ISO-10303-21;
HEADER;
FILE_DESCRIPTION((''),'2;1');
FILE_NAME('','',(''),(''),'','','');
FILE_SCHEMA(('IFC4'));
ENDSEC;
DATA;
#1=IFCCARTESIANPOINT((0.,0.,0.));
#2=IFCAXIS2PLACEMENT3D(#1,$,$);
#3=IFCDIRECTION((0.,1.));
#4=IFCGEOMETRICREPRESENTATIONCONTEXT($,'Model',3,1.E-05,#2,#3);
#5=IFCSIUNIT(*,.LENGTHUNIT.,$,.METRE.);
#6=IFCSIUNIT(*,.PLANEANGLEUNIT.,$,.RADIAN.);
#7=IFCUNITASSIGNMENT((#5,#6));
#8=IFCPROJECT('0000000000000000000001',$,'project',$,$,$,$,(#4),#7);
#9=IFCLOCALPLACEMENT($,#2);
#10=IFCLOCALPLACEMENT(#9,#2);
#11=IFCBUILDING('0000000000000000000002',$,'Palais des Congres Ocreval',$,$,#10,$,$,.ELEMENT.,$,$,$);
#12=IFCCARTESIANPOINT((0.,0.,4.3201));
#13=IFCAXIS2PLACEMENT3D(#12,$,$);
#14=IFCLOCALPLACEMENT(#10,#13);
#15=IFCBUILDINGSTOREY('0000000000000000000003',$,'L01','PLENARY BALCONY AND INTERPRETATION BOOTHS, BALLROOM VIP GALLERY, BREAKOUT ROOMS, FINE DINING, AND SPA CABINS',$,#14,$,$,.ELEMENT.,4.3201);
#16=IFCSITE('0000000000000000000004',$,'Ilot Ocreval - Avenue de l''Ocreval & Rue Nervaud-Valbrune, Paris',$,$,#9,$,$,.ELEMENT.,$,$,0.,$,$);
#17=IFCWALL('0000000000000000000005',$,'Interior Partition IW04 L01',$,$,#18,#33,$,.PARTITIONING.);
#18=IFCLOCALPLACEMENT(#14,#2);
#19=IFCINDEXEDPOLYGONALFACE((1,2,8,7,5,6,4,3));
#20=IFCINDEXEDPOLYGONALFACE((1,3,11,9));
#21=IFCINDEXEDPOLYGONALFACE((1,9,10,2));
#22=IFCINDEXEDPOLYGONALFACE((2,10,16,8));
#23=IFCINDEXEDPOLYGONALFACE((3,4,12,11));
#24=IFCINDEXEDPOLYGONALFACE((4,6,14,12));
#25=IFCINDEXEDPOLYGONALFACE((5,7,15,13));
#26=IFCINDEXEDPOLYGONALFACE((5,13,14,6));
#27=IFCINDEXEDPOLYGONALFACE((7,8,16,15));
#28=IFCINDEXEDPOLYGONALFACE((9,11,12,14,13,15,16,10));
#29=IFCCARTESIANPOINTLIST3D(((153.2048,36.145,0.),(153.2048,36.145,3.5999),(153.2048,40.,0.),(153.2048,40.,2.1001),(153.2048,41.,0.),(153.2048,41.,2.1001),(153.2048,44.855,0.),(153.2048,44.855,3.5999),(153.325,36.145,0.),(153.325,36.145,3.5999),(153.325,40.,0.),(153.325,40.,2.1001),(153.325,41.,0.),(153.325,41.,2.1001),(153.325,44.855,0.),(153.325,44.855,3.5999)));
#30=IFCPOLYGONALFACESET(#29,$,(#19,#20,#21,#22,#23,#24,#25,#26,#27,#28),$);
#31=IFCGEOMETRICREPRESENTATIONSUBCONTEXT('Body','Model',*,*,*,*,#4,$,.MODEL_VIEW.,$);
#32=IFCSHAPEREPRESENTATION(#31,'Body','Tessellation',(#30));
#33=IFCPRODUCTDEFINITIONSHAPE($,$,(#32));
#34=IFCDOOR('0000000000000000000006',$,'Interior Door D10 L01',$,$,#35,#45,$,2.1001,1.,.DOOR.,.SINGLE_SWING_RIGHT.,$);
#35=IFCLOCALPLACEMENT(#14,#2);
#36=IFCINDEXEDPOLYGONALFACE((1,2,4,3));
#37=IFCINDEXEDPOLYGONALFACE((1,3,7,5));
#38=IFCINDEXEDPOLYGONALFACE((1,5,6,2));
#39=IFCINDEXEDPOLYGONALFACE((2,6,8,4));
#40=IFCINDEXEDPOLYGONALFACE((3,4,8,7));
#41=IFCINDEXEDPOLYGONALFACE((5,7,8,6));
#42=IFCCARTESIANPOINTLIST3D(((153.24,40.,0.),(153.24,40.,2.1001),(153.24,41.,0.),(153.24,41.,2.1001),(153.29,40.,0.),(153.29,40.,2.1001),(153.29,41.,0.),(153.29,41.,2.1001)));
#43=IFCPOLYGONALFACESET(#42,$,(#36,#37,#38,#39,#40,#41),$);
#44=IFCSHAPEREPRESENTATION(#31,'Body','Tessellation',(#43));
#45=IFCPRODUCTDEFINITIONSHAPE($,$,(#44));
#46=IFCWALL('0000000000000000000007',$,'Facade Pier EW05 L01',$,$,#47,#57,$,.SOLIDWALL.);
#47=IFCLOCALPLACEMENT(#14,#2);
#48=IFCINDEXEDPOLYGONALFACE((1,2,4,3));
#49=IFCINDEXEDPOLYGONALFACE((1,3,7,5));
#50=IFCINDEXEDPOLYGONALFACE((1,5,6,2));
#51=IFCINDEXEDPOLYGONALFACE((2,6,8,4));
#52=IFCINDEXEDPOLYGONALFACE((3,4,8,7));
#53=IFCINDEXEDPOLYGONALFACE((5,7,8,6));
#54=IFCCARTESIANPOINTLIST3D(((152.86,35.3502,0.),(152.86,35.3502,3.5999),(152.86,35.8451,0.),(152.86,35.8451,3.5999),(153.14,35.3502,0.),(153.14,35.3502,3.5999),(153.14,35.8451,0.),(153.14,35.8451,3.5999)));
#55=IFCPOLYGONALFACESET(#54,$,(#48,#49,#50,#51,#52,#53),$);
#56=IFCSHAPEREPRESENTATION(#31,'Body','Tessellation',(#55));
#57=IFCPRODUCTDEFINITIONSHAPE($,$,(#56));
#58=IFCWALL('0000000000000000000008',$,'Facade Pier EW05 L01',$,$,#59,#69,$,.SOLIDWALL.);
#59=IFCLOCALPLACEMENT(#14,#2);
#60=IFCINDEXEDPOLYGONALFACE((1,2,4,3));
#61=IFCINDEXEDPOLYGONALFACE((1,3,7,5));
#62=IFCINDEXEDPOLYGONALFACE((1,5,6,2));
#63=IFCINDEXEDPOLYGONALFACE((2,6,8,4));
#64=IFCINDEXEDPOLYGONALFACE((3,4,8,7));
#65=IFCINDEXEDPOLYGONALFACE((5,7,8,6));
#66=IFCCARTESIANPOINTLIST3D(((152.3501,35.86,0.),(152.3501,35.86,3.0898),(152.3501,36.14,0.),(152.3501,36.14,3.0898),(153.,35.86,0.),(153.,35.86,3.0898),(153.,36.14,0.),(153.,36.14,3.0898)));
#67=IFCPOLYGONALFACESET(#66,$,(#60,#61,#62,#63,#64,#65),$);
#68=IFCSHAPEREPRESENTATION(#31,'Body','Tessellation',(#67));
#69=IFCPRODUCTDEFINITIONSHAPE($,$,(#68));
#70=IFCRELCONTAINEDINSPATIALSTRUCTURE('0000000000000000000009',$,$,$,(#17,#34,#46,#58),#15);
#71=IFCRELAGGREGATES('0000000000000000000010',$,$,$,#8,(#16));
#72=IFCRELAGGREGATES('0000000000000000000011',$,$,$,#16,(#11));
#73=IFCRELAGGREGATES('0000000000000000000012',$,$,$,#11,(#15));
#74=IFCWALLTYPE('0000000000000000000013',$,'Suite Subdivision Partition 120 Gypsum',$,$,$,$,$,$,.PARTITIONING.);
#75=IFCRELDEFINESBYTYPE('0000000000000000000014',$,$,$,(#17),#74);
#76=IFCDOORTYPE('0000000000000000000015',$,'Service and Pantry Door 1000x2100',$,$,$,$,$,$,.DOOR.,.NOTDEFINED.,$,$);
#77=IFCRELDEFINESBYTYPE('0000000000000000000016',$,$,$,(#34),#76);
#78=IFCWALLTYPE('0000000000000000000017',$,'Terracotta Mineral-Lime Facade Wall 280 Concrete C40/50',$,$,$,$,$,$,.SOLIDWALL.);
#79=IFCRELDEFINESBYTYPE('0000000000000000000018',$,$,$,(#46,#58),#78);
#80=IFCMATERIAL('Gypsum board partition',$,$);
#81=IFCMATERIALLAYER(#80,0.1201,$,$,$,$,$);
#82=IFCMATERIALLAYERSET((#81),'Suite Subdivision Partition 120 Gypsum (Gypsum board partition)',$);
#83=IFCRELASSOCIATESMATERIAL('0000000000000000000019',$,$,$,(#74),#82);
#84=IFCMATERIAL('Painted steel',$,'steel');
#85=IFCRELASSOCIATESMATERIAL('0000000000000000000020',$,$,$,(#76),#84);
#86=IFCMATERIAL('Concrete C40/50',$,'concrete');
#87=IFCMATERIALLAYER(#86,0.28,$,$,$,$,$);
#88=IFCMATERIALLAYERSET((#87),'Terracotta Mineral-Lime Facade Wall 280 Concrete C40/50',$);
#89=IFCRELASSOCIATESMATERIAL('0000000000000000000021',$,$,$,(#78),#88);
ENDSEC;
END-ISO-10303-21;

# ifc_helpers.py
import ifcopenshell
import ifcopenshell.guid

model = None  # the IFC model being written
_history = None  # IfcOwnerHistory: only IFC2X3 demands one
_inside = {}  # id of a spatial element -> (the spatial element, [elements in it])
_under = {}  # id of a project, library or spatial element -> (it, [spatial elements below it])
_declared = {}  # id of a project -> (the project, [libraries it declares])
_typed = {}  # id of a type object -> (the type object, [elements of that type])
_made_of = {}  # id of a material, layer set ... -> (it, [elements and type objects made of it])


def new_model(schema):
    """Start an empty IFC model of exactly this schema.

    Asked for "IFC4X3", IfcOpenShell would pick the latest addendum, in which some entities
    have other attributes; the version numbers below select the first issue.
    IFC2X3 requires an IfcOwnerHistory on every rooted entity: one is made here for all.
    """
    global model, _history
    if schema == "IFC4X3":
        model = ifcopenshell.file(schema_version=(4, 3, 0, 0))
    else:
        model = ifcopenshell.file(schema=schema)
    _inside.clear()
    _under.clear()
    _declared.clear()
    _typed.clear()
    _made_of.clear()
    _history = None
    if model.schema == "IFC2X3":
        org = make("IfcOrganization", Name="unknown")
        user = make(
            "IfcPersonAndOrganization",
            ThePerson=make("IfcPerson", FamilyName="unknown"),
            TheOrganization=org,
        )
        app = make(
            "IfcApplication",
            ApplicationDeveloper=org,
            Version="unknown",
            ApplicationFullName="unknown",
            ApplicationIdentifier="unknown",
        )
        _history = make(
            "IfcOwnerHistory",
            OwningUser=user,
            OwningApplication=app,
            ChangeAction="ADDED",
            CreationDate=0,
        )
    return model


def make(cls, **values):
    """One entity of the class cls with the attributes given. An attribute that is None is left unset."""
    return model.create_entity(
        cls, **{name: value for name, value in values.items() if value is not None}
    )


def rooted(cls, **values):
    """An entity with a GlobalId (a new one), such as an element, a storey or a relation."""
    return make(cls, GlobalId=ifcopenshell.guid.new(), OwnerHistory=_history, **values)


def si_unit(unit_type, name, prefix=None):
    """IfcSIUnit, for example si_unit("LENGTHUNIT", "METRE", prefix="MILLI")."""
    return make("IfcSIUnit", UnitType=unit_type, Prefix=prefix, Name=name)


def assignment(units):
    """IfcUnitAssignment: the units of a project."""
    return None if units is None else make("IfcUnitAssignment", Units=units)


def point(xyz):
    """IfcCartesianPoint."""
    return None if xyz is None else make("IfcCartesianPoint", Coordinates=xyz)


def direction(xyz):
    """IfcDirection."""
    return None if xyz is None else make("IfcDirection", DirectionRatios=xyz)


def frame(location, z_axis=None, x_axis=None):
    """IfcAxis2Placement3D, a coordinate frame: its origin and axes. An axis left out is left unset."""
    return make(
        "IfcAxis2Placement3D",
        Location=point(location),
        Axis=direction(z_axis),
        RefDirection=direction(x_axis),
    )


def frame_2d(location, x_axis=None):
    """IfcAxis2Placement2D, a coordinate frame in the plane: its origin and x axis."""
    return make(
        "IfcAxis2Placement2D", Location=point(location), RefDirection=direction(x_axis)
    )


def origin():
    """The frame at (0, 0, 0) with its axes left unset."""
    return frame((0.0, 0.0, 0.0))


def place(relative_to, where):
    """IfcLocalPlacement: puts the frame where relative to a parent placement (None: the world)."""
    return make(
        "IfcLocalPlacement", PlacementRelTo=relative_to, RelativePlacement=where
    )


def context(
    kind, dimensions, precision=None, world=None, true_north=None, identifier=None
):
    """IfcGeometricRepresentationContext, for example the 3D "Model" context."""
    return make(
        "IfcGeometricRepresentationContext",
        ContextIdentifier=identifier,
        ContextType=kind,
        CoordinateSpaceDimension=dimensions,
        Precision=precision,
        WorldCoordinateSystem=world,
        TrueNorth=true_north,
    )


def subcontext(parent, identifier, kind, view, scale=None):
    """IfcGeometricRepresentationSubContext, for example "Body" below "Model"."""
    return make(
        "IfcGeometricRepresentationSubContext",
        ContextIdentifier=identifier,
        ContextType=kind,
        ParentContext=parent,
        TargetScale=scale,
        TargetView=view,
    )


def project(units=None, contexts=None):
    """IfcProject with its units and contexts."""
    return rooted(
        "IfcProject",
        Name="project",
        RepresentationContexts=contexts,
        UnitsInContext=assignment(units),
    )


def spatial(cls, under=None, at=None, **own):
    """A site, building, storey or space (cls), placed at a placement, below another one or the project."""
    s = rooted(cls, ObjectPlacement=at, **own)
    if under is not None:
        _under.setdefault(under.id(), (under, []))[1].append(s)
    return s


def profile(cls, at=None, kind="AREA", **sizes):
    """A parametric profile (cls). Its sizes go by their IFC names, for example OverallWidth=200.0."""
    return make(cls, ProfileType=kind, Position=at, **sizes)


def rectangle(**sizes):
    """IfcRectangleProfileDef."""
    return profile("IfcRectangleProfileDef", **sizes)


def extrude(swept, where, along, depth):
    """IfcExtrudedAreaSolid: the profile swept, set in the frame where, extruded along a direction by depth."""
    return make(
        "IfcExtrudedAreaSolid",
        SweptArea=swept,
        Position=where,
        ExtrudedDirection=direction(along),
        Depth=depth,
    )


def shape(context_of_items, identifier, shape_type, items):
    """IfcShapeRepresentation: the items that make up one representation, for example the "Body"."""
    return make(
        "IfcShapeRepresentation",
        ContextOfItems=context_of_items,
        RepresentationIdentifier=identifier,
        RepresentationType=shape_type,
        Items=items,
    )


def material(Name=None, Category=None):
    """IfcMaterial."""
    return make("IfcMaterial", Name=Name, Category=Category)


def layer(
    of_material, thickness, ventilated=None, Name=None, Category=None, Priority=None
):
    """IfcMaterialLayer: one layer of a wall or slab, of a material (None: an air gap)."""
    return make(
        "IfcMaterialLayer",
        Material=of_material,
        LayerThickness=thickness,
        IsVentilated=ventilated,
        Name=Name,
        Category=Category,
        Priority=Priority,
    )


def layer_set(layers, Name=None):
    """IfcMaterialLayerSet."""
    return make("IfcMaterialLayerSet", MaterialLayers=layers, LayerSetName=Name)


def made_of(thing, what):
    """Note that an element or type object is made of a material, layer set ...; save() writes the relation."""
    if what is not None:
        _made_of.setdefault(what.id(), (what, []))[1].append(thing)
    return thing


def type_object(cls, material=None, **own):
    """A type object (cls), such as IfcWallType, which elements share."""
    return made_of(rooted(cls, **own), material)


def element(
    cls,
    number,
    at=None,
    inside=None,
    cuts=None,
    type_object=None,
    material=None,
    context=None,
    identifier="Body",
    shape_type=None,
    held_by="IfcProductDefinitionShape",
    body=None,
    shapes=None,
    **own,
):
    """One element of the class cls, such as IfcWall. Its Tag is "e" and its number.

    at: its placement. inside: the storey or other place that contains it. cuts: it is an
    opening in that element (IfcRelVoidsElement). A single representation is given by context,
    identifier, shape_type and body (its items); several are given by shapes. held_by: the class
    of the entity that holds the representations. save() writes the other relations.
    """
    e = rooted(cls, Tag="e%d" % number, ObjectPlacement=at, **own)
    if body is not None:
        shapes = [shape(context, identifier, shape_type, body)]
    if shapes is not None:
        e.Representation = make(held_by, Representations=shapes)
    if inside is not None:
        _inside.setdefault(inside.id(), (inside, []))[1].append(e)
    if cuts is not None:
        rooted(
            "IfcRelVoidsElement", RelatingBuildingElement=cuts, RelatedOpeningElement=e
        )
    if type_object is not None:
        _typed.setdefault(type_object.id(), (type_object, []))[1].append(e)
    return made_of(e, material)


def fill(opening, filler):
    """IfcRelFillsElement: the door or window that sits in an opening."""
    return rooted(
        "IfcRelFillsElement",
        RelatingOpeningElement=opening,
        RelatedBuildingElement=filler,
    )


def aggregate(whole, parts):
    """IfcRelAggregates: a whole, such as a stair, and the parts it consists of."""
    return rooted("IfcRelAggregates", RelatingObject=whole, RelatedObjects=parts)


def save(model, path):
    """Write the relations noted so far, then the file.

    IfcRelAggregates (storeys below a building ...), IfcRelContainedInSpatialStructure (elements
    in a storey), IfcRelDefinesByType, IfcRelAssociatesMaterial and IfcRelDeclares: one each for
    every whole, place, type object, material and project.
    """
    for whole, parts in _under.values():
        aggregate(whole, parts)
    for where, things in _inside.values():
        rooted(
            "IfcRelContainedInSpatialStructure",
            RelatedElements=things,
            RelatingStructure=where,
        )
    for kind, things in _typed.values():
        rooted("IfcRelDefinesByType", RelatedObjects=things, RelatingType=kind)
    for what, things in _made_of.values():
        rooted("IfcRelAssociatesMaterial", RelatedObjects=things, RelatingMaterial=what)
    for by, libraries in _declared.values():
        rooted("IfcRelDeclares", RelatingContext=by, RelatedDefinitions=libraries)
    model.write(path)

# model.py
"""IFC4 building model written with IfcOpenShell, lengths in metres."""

from ifc_helpers import new_model, si_unit, direction, frame, frame_2d, origin, place, context, subcontext, project, spatial, rectangle, extrude, material, layer, layer_set, type_object, element, fill, save


model = new_model("IFC4")

# Units and contexts
model_context = context("Model", 3, precision=1e-05, world=origin(), true_north=direction((0.0, 1.0)))
body_context = subcontext(model_context, "Body", "Model", "MODEL_VIEW")
ifc_project = project(units=[si_unit("LENGTHUNIT", "METRE"), si_unit("PLANEANGLEUNIT", "RADIAN")], contexts=[model_context])

# Site, building, storey
site_placement = place(None, origin())
site = spatial("IfcSite", under=ifc_project, at=site_placement, Name="Ilot Ocreval - Avenue de l'Ocreval & Rue Nervaud-Valbrune, Paris", CompositionType="ELEMENT", RefElevation=0.0)
building_placement = place(site_placement, origin())
building = spatial("IfcBuilding", under=site, at=building_placement, Name="Palais des Congres Ocreval", CompositionType="ELEMENT")
storey_placement = place(building_placement, frame((0.0, 0.0, 4.3201)))
storey = spatial("IfcBuildingStorey", under=building, at=storey_placement, Name="L01", Description="PLENARY BALCONY AND INTERPRETATION BOOTHS, BALLROOM VIP GALLERY, BREAKOUT ROOMS, FINE DINING, AND SPA CABINS", CompositionType="ELEMENT", Elevation=4.3201)

# Wall, opening, door
ifc_material_1 = material(Name="Gypsum board partition")
ifc_layer_1 = layer(ifc_material_1, 0.1201)
ifc_layer_set_1 = layer_set([ifc_layer_1], Name="Suite Subdivision Partition 120 Gypsum (Gypsum board partition)")
wall_type_1 = type_object("IfcWallType", Name="Suite Subdivision Partition 120 Gypsum", PredefinedType="PARTITIONING", material=ifc_layer_set_1)
wall_1_placement = place(storey_placement, frame((153.2649, 36.145, 0.0), z_axis=(0.0, 0.0, 1.0), x_axis=(0.0, 1.0, 0.0)))
wall_1 = element("IfcWall", 1, at=wall_1_placement, inside=storey, type_object=wall_type_1, Name="Interior Partition IW04 L01", PredefinedType="PARTITIONING", context=body_context, shape_type="SweptSolid", body=[
    extrude(rectangle(XDim=8.71, YDim=0.1201, at=frame_2d((4.355, 0.0))), origin(), (0.0, 0.0, 1.0), 3.5999),
])
opening_1_placement = place(wall_1_placement, frame((3.855, 0.0, 0.0)))
opening_1 = element("IfcOpeningElement", 2, at=opening_1_placement, cuts=wall_1, PredefinedType="OPENING", context=body_context, shape_type="SweptSolid", body=[
    extrude(rectangle(XDim=1.0, YDim=2.1001, at=frame_2d((0.5, 1.05))), frame((0.0, 0.0701, 0.0), z_axis=(0.0, -1.0, 0.0), x_axis=(1.0, 0.0, 0.0)), (0.0, 0.0, 1.0), 0.1401),
])
ifc_material_2 = material(Name="Painted steel", Category="steel")
door_type_1 = type_object("IfcDoorType", Name="Service and Pantry Door 1000x2100", OperationType="NOTDEFINED", PredefinedType="DOOR", material=ifc_material_2)
door_1_placement = place(opening_1_placement, origin())
door_1 = element("IfcDoor", 3, at=door_1_placement, inside=storey, type_object=door_type_1, Name="Interior Door D10 L01", OperationType="SINGLE_SWING_RIGHT", OverallHeight=2.1001, OverallWidth=1.0, PredefinedType="DOOR", context=body_context, shape_type="SweptSolid", body=[
    extrude(rectangle(XDim=1.0, YDim=2.1001, at=frame_2d((0.5, 1.05))), frame((0.0, 0.0249, 0.0), z_axis=(0.0, -1.0, 0.0), x_axis=(1.0, 0.0, 0.0)), (0.0, 0.0, 1.0), 0.05),
])
fill(opening_1, door_1)

# Walls
ifc_material_3 = material(Name="Concrete C40/50", Category="concrete")
ifc_layer_2 = layer(ifc_material_3, 0.28)
ifc_layer_set_2 = layer_set([ifc_layer_2], Name="Terracotta Mineral-Lime Facade Wall 280 Concrete C40/50")
wall_type_2 = type_object("IfcWallType", Name="Terracotta Mineral-Lime Facade Wall 280 Concrete C40/50", PredefinedType="SOLIDWALL", material=ifc_layer_set_2)
wall_2_placement = place(storey_placement, frame((153.0, 35.3501, 0.0), z_axis=(0.0, 0.0, 1.0), x_axis=(0.0, 1.0, 0.0)))
element("IfcWall", 4, at=wall_2_placement, inside=storey, type_object=wall_type_2, Name="Facade Pier EW05 L01", PredefinedType="SOLIDWALL", context=body_context, shape_type="SweptSolid", body=[
    extrude(rectangle(XDim=0.4949, YDim=0.28, at=frame_2d((0.2476, 0.0))), origin(), (0.0, 0.0, 1.0), 3.5999),
])
wall_3_placement = place(storey_placement, frame((153.0, 36.0, 0.0), z_axis=(0.0, 0.0, 1.0), x_axis=(-1.0, 0.0, 0.0)))
element("IfcWall", 5, at=wall_3_placement, inside=storey, type_object=wall_type_2, Name="Facade Pier EW05 L01", PredefinedType="SOLIDWALL", context=body_context, shape_type="SweptSolid", body=[
    extrude(rectangle(XDim=0.6499, YDim=0.28, at=frame_2d((0.325, 0.0))), origin(), (0.0, 0.0, 1.0), 3.0898),
])

save(model, "model.ifc")
